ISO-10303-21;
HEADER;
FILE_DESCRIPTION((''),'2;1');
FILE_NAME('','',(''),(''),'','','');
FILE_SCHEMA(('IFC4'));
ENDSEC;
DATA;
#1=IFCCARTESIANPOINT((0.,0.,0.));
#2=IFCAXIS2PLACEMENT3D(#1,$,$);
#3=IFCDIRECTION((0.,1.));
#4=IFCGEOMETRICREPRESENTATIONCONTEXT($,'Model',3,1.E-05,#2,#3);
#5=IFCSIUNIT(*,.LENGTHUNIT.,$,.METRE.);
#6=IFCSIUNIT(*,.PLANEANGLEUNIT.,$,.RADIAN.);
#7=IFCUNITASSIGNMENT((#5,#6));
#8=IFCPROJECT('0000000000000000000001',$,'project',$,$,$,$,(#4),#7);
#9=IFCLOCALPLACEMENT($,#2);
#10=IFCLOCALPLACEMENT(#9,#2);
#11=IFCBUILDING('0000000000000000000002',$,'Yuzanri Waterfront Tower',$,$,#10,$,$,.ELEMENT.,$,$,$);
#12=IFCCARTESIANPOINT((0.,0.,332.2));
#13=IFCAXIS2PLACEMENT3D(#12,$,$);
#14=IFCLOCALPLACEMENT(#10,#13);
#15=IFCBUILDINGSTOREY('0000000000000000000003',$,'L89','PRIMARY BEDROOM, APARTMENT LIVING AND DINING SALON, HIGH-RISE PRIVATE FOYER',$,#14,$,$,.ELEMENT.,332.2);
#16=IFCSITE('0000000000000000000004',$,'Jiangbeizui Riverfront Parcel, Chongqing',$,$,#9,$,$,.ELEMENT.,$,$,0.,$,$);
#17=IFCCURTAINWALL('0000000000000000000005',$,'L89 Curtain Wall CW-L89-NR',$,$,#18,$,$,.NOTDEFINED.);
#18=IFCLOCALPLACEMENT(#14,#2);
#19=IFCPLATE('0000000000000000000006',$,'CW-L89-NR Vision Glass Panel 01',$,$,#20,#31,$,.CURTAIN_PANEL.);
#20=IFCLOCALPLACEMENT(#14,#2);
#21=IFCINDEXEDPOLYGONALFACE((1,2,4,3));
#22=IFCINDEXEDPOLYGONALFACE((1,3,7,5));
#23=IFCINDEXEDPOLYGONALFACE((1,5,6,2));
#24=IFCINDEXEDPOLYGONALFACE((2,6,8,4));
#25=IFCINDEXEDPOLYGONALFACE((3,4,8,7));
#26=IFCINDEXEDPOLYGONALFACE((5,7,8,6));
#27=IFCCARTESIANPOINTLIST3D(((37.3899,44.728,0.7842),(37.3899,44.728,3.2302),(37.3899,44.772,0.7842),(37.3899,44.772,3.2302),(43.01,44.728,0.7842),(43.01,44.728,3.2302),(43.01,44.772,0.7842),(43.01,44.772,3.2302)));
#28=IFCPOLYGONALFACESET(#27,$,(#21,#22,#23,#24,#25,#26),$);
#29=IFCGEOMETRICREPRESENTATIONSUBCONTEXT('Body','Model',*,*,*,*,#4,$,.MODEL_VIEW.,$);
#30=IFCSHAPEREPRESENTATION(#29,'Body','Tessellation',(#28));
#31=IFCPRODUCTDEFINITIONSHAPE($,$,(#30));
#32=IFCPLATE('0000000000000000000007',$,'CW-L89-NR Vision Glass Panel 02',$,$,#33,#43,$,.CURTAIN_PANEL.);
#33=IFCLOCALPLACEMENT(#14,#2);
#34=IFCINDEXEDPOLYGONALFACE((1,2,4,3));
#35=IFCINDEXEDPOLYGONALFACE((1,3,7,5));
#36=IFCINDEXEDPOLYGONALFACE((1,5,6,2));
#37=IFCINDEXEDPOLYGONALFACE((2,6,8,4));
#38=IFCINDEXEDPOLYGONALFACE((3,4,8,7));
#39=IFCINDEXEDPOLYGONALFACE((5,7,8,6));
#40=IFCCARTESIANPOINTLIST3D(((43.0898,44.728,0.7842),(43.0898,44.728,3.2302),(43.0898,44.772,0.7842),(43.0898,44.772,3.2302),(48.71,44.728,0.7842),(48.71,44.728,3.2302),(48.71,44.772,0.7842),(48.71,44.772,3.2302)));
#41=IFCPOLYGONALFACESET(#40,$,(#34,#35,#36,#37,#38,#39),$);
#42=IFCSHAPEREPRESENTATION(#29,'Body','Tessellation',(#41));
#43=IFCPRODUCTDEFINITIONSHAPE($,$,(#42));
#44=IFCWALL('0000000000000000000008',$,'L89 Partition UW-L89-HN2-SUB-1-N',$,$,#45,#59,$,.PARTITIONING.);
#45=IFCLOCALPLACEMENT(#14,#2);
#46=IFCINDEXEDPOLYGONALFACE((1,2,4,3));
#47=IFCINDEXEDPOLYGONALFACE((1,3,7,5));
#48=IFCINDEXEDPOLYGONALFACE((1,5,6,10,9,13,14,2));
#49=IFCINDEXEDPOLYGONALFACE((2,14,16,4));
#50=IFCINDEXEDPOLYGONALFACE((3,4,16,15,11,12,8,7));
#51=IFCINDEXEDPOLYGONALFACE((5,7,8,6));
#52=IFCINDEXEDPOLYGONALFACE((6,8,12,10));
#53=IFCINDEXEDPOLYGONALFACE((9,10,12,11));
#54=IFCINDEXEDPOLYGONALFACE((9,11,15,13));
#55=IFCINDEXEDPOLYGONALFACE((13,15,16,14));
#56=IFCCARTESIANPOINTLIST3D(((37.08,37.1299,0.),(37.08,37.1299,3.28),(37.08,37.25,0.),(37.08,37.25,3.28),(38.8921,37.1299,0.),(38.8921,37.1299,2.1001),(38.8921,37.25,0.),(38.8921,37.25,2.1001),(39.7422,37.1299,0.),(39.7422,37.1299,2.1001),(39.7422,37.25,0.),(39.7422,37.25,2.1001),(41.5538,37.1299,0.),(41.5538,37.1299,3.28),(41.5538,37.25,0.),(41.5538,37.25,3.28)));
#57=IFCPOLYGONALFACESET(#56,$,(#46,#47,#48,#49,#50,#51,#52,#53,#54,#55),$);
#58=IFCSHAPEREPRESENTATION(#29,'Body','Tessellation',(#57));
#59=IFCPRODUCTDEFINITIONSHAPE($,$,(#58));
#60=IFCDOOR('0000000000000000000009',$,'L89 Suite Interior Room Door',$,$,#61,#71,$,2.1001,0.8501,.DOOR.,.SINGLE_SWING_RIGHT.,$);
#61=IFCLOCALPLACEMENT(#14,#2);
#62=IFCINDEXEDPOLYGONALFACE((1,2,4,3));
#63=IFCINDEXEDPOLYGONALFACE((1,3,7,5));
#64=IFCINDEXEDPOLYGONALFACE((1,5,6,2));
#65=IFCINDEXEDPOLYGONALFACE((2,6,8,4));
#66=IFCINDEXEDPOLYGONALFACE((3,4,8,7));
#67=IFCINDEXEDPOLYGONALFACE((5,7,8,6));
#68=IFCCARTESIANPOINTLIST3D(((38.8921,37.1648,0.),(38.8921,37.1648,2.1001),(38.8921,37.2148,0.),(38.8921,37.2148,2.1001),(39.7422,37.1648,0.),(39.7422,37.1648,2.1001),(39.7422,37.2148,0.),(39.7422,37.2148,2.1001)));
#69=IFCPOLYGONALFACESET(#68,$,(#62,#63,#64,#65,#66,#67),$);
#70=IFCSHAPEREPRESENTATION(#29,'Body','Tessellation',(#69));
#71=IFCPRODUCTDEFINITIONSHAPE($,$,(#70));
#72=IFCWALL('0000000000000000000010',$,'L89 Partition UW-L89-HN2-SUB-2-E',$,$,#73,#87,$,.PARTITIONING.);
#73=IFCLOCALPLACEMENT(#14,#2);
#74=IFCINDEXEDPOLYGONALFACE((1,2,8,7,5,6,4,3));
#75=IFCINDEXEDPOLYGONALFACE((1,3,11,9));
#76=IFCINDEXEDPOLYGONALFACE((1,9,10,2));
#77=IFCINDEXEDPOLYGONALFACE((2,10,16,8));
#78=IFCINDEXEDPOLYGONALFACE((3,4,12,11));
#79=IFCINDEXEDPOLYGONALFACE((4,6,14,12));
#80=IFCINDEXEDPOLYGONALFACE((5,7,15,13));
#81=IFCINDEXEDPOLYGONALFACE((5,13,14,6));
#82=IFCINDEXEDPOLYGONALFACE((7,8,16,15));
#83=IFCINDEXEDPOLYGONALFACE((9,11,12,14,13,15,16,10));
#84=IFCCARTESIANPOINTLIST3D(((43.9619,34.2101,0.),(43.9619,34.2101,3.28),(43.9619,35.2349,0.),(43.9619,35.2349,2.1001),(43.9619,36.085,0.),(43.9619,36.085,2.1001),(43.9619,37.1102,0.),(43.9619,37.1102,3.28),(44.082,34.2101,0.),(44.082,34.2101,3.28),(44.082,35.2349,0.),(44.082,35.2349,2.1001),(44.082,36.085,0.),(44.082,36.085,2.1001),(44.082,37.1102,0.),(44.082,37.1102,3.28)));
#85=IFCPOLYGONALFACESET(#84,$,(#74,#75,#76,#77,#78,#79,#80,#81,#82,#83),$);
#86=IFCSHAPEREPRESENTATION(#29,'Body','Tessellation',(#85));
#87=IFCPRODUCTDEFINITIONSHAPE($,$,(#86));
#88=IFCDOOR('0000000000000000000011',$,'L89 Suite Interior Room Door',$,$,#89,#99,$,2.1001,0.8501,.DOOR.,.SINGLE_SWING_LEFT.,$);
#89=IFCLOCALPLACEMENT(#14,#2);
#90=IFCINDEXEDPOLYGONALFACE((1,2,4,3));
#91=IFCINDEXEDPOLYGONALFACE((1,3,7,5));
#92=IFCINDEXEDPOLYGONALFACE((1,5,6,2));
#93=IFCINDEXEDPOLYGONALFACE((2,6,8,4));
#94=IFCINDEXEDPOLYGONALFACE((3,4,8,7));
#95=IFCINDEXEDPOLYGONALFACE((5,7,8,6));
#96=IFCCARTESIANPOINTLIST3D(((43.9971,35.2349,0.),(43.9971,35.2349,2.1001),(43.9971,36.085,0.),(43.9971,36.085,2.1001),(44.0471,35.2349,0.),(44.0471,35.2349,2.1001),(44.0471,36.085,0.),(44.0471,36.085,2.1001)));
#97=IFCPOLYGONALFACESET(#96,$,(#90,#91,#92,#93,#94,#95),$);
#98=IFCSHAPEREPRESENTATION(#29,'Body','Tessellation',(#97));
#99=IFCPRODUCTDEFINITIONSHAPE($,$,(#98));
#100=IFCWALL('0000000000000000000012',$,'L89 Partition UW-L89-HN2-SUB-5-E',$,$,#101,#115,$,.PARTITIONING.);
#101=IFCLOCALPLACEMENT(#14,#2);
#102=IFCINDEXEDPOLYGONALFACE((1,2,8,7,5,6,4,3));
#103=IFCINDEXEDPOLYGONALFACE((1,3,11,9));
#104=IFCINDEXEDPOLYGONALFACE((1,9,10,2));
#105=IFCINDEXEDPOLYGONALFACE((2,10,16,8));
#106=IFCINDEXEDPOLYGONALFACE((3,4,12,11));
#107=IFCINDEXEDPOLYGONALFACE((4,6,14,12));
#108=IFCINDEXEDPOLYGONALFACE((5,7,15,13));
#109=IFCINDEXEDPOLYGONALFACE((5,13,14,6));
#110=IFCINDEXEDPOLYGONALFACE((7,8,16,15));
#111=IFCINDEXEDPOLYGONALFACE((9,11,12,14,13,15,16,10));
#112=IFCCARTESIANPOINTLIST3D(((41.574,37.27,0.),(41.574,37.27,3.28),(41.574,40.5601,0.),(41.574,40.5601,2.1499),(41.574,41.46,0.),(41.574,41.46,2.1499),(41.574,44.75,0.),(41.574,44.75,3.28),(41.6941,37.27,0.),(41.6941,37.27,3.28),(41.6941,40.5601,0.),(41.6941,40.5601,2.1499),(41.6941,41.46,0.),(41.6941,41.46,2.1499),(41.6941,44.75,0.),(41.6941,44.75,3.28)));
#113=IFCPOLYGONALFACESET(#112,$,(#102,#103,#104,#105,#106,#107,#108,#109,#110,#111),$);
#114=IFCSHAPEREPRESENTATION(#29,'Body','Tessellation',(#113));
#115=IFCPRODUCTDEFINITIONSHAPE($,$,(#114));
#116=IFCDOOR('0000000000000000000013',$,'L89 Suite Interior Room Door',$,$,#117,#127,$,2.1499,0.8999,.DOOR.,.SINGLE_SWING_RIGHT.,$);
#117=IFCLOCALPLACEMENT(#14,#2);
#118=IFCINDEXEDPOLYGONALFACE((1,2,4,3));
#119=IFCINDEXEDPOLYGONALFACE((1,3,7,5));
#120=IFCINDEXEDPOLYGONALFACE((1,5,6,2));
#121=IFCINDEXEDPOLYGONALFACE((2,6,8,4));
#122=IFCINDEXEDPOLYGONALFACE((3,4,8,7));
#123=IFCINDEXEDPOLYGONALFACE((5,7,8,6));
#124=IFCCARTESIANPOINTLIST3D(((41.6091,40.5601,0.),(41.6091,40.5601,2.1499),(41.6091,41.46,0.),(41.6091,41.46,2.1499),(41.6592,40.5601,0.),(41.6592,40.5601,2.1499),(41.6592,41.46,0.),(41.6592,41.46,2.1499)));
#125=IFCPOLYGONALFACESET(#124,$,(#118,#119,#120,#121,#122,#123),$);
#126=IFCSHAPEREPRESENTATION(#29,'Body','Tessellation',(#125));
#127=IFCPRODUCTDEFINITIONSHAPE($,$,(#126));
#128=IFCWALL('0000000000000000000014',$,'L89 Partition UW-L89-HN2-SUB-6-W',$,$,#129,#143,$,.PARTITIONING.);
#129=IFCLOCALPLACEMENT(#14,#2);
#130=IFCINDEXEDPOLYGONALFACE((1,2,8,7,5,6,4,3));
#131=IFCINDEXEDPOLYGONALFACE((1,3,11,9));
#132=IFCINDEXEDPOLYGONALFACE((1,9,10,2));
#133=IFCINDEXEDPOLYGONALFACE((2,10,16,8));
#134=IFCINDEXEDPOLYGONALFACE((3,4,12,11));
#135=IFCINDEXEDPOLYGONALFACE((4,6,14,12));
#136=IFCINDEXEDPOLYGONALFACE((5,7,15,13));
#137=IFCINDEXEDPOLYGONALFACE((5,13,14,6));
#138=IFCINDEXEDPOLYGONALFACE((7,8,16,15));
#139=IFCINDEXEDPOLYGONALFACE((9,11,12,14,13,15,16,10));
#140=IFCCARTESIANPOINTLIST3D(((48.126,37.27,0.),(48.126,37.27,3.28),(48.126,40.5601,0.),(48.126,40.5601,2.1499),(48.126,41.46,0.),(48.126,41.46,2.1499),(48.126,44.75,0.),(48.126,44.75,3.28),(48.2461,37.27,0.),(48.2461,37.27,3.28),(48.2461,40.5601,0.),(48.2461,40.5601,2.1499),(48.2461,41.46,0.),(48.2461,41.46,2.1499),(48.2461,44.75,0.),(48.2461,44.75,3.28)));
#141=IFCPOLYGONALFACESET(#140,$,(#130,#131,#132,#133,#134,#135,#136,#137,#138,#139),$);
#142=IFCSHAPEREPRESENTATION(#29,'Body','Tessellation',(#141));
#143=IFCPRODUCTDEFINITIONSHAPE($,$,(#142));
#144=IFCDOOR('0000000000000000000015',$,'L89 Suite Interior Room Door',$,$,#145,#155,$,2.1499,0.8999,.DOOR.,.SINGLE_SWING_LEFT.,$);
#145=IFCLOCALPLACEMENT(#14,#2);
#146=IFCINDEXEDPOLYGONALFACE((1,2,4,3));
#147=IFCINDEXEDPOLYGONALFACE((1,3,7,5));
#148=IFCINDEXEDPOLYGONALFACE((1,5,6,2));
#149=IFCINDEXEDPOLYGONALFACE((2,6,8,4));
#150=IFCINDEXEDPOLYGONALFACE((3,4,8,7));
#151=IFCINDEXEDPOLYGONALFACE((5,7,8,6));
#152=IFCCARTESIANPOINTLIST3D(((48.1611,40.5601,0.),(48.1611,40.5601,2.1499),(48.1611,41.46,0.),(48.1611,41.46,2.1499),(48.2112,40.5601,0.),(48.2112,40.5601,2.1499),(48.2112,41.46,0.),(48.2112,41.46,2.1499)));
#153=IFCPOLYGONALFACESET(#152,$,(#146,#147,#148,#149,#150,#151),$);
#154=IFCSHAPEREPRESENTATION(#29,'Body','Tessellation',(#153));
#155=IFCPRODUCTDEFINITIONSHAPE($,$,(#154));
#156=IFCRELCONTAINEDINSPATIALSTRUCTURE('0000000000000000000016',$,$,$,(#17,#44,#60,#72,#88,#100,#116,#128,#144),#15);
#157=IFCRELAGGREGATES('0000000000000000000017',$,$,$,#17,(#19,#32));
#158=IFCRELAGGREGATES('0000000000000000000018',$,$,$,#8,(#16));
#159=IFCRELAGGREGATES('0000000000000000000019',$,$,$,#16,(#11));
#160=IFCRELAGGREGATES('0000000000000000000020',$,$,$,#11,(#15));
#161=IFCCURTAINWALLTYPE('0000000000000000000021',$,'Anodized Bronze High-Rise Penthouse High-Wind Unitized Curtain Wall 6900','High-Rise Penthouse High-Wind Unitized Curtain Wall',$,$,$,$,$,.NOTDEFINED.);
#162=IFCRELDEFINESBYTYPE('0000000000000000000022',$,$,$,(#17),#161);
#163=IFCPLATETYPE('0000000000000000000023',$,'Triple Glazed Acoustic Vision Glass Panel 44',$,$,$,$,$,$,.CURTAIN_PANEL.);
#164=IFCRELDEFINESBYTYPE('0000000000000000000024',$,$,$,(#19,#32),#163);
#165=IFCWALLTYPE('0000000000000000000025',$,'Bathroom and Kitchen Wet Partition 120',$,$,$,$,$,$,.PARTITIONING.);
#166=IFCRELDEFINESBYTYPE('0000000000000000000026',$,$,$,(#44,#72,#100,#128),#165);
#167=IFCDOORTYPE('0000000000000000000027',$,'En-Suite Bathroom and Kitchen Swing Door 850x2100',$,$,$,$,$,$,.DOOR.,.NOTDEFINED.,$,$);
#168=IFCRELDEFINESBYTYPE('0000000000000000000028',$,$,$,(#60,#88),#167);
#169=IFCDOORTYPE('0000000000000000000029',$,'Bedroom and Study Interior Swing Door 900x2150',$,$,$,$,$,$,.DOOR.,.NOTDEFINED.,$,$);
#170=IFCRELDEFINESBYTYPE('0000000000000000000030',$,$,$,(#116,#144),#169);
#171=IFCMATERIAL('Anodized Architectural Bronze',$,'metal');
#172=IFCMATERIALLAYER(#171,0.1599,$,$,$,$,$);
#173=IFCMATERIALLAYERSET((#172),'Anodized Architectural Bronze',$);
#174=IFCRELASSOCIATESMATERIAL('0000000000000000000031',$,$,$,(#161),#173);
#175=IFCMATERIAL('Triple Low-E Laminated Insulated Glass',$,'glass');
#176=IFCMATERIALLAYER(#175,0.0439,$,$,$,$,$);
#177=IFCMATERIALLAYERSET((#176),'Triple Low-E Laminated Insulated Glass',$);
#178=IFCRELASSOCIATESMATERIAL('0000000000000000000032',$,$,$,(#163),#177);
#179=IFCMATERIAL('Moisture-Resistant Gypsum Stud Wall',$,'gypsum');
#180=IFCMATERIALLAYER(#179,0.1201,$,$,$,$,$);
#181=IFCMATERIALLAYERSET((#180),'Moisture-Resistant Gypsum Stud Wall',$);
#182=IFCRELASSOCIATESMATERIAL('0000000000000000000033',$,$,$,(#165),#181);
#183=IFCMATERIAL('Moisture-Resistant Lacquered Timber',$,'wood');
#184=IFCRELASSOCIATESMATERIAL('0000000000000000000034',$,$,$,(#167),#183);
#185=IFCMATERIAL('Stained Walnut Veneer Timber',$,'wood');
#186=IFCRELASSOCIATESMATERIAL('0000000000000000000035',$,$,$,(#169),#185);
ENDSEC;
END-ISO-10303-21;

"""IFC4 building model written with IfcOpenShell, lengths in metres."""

from ifc_helpers import new_model, si_unit, direction, frame, frame_2d, origin, origin_2d, place, context, subcontext, project, spatial, rectangle, extrude, source, transform, mapped, material, layer, layer_set, type_object, element, fill, aggregate, save


model = new_model("IFC4")

# Units and contexts
model_context = context("Model", 3, precision=1e-05, world=origin(), true_north=direction((0.0, 1.0)))
body_context = subcontext(model_context, "Body", "Model", "MODEL_VIEW")
ifc_project = project(units=[si_unit("LENGTHUNIT", "METRE"), si_unit("PLANEANGLEUNIT", "RADIAN")], contexts=[model_context])

# Site, building, storey
site_placement = place(None, origin())
site = spatial("IfcSite", under=ifc_project, at=site_placement, Name="Jiangbeizui Riverfront Parcel, Chongqing", CompositionType="ELEMENT", RefElevation=0.0)
building_placement = place(site_placement, origin())
building = spatial("IfcBuilding", under=site, at=building_placement, Name="Yuzanri Waterfront Tower", CompositionType="ELEMENT")
storey_placement = place(building_placement, frame((0.0, 0.0, 332.2)))
storey = spatial("IfcBuildingStorey", under=building, at=storey_placement, Name="L89", Description="PRIMARY BEDROOM, APARTMENT LIVING AND DINING SALON, HIGH-RISE PRIVATE FOYER", CompositionType="ELEMENT", Elevation=332.2)

# Curtain wall, plates
ifc_material_1 = material(Name="Anodized Architectural Bronze", Category="metal")
ifc_layer_1 = layer(ifc_material_1, 0.1599)
ifc_layer_set_1 = layer_set([ifc_layer_1], Name="Anodized Architectural Bronze")
curtain_wall_type = type_object("IfcCurtainWallType", Name="Anodized Bronze High-Rise Penthouse High-Wind Unitized Curtain Wall 6900", Description="High-Rise Penthouse High-Wind Unitized Curtain Wall", PredefinedType="NOTDEFINED", material=ifc_layer_set_1)
curtain_wall_placement = place(storey_placement, origin())
curtain_wall = element("IfcCurtainWall", 1, at=curtain_wall_placement, inside=storey, type_object=curtain_wall_type, Name="L89 Curtain Wall CW-L89-NR", PredefinedType="NOTDEFINED")
ifc_material_2 = material(Name="Triple Low-E Laminated Insulated Glass", Category="glass")
ifc_layer_2 = layer(ifc_material_2, 0.0439)
ifc_layer_set_2 = layer_set([ifc_layer_2], Name="Triple Low-E Laminated Insulated Glass")
plate_type_1 = type_object("IfcPlateType", Name="Triple Glazed Acoustic Vision Glass Panel 44", PredefinedType="CURTAIN_PANEL", material=ifc_layer_set_2)
shared_shape_1 = source(origin(), body_context, "Body", "SweptSolid", [
    extrude(rectangle(XDim=5.6201, YDim=0.0439, at=origin_2d()), origin(), (0.0, 0.0, 1.0), 2.446),
])
plate_1_placement = place(storey_placement, frame((40.2, 44.75, 0.7842), z_axis=(0.0, 0.0, 1.0), x_axis=(1.0, 0.0, 0.0)))
plate_1 = element("IfcPlate", 2, at=plate_1_placement, type_object=plate_type_1, Name="CW-L89-NR Vision Glass Panel 01", PredefinedType="CURTAIN_PANEL", context=body_context, shape_type="MappedRepresentation", body=[
    mapped(shared_shape_1, transform((0.0, 0.0, 0.0), scale=1.0)),
])
plate_2_placement = place(storey_placement, frame((45.8999, 44.75, 0.7842), z_axis=(0.0, 0.0, 1.0), x_axis=(1.0, 0.0, 0.0)))
plate_2 = element("IfcPlate", 3, at=plate_2_placement, type_object=plate_type_1, Name="CW-L89-NR Vision Glass Panel 02", PredefinedType="CURTAIN_PANEL", context=body_context, shape_type="MappedRepresentation", body=[
    mapped(shared_shape_1, transform((0.0, 0.0, 0.0), scale=1.0)),
])
aggregate(curtain_wall, [plate_1, plate_2])

# Walls, openings, doors
ifc_material_3 = material(Name="Moisture-Resistant Gypsum Stud Wall", Category="gypsum")
ifc_layer_3 = layer(ifc_material_3, 0.1201)
ifc_layer_set_3 = layer_set([ifc_layer_3], Name="Moisture-Resistant Gypsum Stud Wall")
wall_type = type_object("IfcWallType", Name="Bathroom and Kitchen Wet Partition 120", PredefinedType="PARTITIONING", material=ifc_layer_set_3)
wall_1_placement = place(storey_placement, frame((37.0801, 37.1899, 0.0), z_axis=(0.0, 0.0, 1.0), x_axis=(1.0, 0.0, 0.0)))
wall_1 = element("IfcWall", 4, at=wall_1_placement, inside=storey, type_object=wall_type, Name="L89 Partition UW-L89-HN2-SUB-1-N", PredefinedType="PARTITIONING", context=body_context, shape_type="SweptSolid", body=[
    extrude(rectangle(XDim=4.4739, YDim=0.1201, at=frame_2d((2.2368, 0.0))), origin(), (0.0, 0.0, 1.0), 3.28),
])
opening_1_placement = place(wall_1_placement, frame((1.812, 0.0, 0.0)))
opening_1 = element("IfcOpeningElement", 5, at=opening_1_placement, cuts=wall_1, PredefinedType="OPENING", context=body_context, shape_type="SweptSolid", body=[
    extrude(rectangle(XDim=0.8501, YDim=2.1001, at=frame_2d((0.425, 1.05))), frame((0.0, 0.075, 0.0), z_axis=(0.0, -1.0, 0.0), x_axis=(1.0, 0.0, 0.0)), (0.0, 0.0, 1.0), 0.1499),
])
ifc_material_4 = material(Name="Moisture-Resistant Lacquered Timber", Category="wood")
door_type_1 = type_object("IfcDoorType", Name="En-Suite Bathroom and Kitchen Swing Door 850x2100", OperationType="NOTDEFINED", PredefinedType="DOOR", material=ifc_material_4)
shared_shape_2 = source(origin(), body_context, "Body", "SweptSolid", [
    extrude(rectangle(XDim=0.8501, YDim=2.1001, at=frame_2d((0.425, 1.05))), frame((0.0, 0.0249, 0.0), z_axis=(0.0, -1.0, 0.0), x_axis=(1.0, 0.0, 0.0)), (0.0, 0.0, 1.0), 0.05),
])
door_1_placement = place(opening_1_placement, origin())
door_1 = element("IfcDoor", 6, at=door_1_placement, inside=storey, type_object=door_type_1, Name="L89 Suite Interior Room Door", OperationType="SINGLE_SWING_RIGHT", OverallHeight=2.1001, OverallWidth=0.8501, PredefinedType="DOOR", context=body_context, shape_type="MappedRepresentation", body=[
    mapped(shared_shape_2, transform((0.0, 0.0, 0.0), scale=1.0)),
])
fill(opening_1, door_1)
wall_2_placement = place(storey_placement, frame((44.022, 34.21, 0.0), z_axis=(0.0, 0.0, 1.0), x_axis=(0.0, 1.0, 0.0)))
wall_2 = element("IfcWall", 7, at=wall_2_placement, inside=storey, type_object=wall_type, Name="L89 Partition UW-L89-HN2-SUB-2-E", PredefinedType="PARTITIONING", context=body_context, shape_type="SweptSolid", body=[
    extrude(rectangle(XDim=2.9001, YDim=0.1201, at=frame_2d((1.4502, 0.0))), origin(), (0.0, 0.0, 1.0), 3.28),
])
opening_2_placement = place(wall_2_placement, frame((1.0249, 0.0, 0.0)))
opening_2 = element("IfcOpeningElement", 8, at=opening_2_placement, cuts=wall_2, PredefinedType="OPENING", context=body_context, shape_type="SweptSolid", body=[
    extrude(rectangle(XDim=0.8501, YDim=2.1001, at=frame_2d((0.425, 1.05))), frame((0.0, 0.075, 0.0), z_axis=(0.0, -1.0, 0.0), x_axis=(1.0, 0.0, 0.0)), (0.0, 0.0, 1.0), 0.1499),
])
door_2_placement = place(opening_2_placement, origin())
door_2 = element("IfcDoor", 9, at=door_2_placement, inside=storey, type_object=door_type_1, Name="L89 Suite Interior Room Door", OperationType="SINGLE_SWING_LEFT", OverallHeight=2.1001, OverallWidth=0.8501, PredefinedType="DOOR", context=body_context, shape_type="MappedRepresentation", body=[
    mapped(shared_shape_2, transform((0.0, 0.0, 0.0), scale=1.0)),
])
fill(opening_2, door_2)
wall_3_placement = place(storey_placement, frame((41.634, 37.27, 0.0), z_axis=(0.0, 0.0, 1.0), x_axis=(0.0, 1.0, 0.0)))
wall_3 = element("IfcWall", 10, at=wall_3_placement, inside=storey, type_object=wall_type, Name="L89 Partition UW-L89-HN2-SUB-5-E", PredefinedType="PARTITIONING", context=body_context, shape_type="SweptSolid", body=[
    extrude(rectangle(XDim=7.48, YDim=0.1201, at=frame_2d((3.74, 0.0))), origin(), (0.0, 0.0, 1.0), 3.28),
])
opening_3_placement = place(wall_3_placement, frame((3.29, 0.0, 0.0)))
opening_3 = element("IfcOpeningElement", 11, at=opening_3_placement, cuts=wall_3, PredefinedType="OPENING", context=body_context, shape_type="SweptSolid", body=[
    extrude(rectangle(XDim=0.8999, YDim=2.1499, at=frame_2d((0.45, 1.075))), frame((0.0, 0.075, 0.0), z_axis=(0.0, -1.0, 0.0), x_axis=(1.0, 0.0, 0.0)), (0.0, 0.0, 1.0), 0.1499),
])
ifc_material_5 = material(Name="Stained Walnut Veneer Timber", Category="wood")
door_type_2 = type_object("IfcDoorType", Name="Bedroom and Study Interior Swing Door 900x2150", OperationType="NOTDEFINED", PredefinedType="DOOR", material=ifc_material_5)
shared_shape_3 = source(origin(), body_context, "Body", "SweptSolid", [
    extrude(rectangle(XDim=0.8999, YDim=2.1499, at=frame_2d((0.45, 1.075))), frame((0.0, 0.0249, 0.0), z_axis=(0.0, -1.0, 0.0), x_axis=(1.0, 0.0, 0.0)), (0.0, 0.0, 1.0), 0.05),
])
door_3_placement = place(opening_3_placement, origin())
door_3 = element("IfcDoor", 12, at=door_3_placement, inside=storey, type_object=door_type_2, Name="L89 Suite Interior Room Door", OperationType="SINGLE_SWING_RIGHT", OverallHeight=2.1499, OverallWidth=0.8999, PredefinedType="DOOR", context=body_context, shape_type="MappedRepresentation", body=[
    mapped(shared_shape_3, transform((0.0, 0.0, 0.0), scale=1.0)),
])
fill(opening_3, door_3)
wall_4_placement = place(storey_placement, frame((48.186, 37.27, 0.0), z_axis=(0.0, 0.0, 1.0), x_axis=(0.0, 1.0, 0.0)))
wall_4 = element("IfcWall", 13, at=wall_4_placement, inside=storey, type_object=wall_type, Name="L89 Partition UW-L89-HN2-SUB-6-W", PredefinedType="PARTITIONING", context=body_context, shape_type="SweptSolid", body=[
    extrude(rectangle(XDim=7.48, YDim=0.1201, at=frame_2d((3.74, 0.0))), origin(), (0.0, 0.0, 1.0), 3.28),
])
opening_4_placement = place(wall_4_placement, frame((3.29, 0.0, 0.0)))
opening_4 = element("IfcOpeningElement", 14, at=opening_4_placement, cuts=wall_4, PredefinedType="OPENING", context=body_context, shape_type="SweptSolid", body=[
    extrude(rectangle(XDim=0.8999, YDim=2.1499, at=frame_2d((0.45, 1.075))), frame((0.0, 0.075, 0.0), z_axis=(0.0, -1.0, 0.0), x_axis=(1.0, 0.0, 0.0)), (0.0, 0.0, 1.0), 0.1499),
])
door_4_placement = place(opening_4_placement, origin())
door_4 = element("IfcDoor", 15, at=door_4_placement, inside=storey, type_object=door_type_2, Name="L89 Suite Interior Room Door", OperationType="SINGLE_SWING_LEFT", OverallHeight=2.1499, OverallWidth=0.8999, PredefinedType="DOOR", context=body_context, shape_type="MappedRepresentation", body=[
    mapped(shared_shape_3, transform((0.0, 0.0, 0.0), scale=1.0)),
])
fill(opening_4, door_4)

save(model, "model.ifc")
